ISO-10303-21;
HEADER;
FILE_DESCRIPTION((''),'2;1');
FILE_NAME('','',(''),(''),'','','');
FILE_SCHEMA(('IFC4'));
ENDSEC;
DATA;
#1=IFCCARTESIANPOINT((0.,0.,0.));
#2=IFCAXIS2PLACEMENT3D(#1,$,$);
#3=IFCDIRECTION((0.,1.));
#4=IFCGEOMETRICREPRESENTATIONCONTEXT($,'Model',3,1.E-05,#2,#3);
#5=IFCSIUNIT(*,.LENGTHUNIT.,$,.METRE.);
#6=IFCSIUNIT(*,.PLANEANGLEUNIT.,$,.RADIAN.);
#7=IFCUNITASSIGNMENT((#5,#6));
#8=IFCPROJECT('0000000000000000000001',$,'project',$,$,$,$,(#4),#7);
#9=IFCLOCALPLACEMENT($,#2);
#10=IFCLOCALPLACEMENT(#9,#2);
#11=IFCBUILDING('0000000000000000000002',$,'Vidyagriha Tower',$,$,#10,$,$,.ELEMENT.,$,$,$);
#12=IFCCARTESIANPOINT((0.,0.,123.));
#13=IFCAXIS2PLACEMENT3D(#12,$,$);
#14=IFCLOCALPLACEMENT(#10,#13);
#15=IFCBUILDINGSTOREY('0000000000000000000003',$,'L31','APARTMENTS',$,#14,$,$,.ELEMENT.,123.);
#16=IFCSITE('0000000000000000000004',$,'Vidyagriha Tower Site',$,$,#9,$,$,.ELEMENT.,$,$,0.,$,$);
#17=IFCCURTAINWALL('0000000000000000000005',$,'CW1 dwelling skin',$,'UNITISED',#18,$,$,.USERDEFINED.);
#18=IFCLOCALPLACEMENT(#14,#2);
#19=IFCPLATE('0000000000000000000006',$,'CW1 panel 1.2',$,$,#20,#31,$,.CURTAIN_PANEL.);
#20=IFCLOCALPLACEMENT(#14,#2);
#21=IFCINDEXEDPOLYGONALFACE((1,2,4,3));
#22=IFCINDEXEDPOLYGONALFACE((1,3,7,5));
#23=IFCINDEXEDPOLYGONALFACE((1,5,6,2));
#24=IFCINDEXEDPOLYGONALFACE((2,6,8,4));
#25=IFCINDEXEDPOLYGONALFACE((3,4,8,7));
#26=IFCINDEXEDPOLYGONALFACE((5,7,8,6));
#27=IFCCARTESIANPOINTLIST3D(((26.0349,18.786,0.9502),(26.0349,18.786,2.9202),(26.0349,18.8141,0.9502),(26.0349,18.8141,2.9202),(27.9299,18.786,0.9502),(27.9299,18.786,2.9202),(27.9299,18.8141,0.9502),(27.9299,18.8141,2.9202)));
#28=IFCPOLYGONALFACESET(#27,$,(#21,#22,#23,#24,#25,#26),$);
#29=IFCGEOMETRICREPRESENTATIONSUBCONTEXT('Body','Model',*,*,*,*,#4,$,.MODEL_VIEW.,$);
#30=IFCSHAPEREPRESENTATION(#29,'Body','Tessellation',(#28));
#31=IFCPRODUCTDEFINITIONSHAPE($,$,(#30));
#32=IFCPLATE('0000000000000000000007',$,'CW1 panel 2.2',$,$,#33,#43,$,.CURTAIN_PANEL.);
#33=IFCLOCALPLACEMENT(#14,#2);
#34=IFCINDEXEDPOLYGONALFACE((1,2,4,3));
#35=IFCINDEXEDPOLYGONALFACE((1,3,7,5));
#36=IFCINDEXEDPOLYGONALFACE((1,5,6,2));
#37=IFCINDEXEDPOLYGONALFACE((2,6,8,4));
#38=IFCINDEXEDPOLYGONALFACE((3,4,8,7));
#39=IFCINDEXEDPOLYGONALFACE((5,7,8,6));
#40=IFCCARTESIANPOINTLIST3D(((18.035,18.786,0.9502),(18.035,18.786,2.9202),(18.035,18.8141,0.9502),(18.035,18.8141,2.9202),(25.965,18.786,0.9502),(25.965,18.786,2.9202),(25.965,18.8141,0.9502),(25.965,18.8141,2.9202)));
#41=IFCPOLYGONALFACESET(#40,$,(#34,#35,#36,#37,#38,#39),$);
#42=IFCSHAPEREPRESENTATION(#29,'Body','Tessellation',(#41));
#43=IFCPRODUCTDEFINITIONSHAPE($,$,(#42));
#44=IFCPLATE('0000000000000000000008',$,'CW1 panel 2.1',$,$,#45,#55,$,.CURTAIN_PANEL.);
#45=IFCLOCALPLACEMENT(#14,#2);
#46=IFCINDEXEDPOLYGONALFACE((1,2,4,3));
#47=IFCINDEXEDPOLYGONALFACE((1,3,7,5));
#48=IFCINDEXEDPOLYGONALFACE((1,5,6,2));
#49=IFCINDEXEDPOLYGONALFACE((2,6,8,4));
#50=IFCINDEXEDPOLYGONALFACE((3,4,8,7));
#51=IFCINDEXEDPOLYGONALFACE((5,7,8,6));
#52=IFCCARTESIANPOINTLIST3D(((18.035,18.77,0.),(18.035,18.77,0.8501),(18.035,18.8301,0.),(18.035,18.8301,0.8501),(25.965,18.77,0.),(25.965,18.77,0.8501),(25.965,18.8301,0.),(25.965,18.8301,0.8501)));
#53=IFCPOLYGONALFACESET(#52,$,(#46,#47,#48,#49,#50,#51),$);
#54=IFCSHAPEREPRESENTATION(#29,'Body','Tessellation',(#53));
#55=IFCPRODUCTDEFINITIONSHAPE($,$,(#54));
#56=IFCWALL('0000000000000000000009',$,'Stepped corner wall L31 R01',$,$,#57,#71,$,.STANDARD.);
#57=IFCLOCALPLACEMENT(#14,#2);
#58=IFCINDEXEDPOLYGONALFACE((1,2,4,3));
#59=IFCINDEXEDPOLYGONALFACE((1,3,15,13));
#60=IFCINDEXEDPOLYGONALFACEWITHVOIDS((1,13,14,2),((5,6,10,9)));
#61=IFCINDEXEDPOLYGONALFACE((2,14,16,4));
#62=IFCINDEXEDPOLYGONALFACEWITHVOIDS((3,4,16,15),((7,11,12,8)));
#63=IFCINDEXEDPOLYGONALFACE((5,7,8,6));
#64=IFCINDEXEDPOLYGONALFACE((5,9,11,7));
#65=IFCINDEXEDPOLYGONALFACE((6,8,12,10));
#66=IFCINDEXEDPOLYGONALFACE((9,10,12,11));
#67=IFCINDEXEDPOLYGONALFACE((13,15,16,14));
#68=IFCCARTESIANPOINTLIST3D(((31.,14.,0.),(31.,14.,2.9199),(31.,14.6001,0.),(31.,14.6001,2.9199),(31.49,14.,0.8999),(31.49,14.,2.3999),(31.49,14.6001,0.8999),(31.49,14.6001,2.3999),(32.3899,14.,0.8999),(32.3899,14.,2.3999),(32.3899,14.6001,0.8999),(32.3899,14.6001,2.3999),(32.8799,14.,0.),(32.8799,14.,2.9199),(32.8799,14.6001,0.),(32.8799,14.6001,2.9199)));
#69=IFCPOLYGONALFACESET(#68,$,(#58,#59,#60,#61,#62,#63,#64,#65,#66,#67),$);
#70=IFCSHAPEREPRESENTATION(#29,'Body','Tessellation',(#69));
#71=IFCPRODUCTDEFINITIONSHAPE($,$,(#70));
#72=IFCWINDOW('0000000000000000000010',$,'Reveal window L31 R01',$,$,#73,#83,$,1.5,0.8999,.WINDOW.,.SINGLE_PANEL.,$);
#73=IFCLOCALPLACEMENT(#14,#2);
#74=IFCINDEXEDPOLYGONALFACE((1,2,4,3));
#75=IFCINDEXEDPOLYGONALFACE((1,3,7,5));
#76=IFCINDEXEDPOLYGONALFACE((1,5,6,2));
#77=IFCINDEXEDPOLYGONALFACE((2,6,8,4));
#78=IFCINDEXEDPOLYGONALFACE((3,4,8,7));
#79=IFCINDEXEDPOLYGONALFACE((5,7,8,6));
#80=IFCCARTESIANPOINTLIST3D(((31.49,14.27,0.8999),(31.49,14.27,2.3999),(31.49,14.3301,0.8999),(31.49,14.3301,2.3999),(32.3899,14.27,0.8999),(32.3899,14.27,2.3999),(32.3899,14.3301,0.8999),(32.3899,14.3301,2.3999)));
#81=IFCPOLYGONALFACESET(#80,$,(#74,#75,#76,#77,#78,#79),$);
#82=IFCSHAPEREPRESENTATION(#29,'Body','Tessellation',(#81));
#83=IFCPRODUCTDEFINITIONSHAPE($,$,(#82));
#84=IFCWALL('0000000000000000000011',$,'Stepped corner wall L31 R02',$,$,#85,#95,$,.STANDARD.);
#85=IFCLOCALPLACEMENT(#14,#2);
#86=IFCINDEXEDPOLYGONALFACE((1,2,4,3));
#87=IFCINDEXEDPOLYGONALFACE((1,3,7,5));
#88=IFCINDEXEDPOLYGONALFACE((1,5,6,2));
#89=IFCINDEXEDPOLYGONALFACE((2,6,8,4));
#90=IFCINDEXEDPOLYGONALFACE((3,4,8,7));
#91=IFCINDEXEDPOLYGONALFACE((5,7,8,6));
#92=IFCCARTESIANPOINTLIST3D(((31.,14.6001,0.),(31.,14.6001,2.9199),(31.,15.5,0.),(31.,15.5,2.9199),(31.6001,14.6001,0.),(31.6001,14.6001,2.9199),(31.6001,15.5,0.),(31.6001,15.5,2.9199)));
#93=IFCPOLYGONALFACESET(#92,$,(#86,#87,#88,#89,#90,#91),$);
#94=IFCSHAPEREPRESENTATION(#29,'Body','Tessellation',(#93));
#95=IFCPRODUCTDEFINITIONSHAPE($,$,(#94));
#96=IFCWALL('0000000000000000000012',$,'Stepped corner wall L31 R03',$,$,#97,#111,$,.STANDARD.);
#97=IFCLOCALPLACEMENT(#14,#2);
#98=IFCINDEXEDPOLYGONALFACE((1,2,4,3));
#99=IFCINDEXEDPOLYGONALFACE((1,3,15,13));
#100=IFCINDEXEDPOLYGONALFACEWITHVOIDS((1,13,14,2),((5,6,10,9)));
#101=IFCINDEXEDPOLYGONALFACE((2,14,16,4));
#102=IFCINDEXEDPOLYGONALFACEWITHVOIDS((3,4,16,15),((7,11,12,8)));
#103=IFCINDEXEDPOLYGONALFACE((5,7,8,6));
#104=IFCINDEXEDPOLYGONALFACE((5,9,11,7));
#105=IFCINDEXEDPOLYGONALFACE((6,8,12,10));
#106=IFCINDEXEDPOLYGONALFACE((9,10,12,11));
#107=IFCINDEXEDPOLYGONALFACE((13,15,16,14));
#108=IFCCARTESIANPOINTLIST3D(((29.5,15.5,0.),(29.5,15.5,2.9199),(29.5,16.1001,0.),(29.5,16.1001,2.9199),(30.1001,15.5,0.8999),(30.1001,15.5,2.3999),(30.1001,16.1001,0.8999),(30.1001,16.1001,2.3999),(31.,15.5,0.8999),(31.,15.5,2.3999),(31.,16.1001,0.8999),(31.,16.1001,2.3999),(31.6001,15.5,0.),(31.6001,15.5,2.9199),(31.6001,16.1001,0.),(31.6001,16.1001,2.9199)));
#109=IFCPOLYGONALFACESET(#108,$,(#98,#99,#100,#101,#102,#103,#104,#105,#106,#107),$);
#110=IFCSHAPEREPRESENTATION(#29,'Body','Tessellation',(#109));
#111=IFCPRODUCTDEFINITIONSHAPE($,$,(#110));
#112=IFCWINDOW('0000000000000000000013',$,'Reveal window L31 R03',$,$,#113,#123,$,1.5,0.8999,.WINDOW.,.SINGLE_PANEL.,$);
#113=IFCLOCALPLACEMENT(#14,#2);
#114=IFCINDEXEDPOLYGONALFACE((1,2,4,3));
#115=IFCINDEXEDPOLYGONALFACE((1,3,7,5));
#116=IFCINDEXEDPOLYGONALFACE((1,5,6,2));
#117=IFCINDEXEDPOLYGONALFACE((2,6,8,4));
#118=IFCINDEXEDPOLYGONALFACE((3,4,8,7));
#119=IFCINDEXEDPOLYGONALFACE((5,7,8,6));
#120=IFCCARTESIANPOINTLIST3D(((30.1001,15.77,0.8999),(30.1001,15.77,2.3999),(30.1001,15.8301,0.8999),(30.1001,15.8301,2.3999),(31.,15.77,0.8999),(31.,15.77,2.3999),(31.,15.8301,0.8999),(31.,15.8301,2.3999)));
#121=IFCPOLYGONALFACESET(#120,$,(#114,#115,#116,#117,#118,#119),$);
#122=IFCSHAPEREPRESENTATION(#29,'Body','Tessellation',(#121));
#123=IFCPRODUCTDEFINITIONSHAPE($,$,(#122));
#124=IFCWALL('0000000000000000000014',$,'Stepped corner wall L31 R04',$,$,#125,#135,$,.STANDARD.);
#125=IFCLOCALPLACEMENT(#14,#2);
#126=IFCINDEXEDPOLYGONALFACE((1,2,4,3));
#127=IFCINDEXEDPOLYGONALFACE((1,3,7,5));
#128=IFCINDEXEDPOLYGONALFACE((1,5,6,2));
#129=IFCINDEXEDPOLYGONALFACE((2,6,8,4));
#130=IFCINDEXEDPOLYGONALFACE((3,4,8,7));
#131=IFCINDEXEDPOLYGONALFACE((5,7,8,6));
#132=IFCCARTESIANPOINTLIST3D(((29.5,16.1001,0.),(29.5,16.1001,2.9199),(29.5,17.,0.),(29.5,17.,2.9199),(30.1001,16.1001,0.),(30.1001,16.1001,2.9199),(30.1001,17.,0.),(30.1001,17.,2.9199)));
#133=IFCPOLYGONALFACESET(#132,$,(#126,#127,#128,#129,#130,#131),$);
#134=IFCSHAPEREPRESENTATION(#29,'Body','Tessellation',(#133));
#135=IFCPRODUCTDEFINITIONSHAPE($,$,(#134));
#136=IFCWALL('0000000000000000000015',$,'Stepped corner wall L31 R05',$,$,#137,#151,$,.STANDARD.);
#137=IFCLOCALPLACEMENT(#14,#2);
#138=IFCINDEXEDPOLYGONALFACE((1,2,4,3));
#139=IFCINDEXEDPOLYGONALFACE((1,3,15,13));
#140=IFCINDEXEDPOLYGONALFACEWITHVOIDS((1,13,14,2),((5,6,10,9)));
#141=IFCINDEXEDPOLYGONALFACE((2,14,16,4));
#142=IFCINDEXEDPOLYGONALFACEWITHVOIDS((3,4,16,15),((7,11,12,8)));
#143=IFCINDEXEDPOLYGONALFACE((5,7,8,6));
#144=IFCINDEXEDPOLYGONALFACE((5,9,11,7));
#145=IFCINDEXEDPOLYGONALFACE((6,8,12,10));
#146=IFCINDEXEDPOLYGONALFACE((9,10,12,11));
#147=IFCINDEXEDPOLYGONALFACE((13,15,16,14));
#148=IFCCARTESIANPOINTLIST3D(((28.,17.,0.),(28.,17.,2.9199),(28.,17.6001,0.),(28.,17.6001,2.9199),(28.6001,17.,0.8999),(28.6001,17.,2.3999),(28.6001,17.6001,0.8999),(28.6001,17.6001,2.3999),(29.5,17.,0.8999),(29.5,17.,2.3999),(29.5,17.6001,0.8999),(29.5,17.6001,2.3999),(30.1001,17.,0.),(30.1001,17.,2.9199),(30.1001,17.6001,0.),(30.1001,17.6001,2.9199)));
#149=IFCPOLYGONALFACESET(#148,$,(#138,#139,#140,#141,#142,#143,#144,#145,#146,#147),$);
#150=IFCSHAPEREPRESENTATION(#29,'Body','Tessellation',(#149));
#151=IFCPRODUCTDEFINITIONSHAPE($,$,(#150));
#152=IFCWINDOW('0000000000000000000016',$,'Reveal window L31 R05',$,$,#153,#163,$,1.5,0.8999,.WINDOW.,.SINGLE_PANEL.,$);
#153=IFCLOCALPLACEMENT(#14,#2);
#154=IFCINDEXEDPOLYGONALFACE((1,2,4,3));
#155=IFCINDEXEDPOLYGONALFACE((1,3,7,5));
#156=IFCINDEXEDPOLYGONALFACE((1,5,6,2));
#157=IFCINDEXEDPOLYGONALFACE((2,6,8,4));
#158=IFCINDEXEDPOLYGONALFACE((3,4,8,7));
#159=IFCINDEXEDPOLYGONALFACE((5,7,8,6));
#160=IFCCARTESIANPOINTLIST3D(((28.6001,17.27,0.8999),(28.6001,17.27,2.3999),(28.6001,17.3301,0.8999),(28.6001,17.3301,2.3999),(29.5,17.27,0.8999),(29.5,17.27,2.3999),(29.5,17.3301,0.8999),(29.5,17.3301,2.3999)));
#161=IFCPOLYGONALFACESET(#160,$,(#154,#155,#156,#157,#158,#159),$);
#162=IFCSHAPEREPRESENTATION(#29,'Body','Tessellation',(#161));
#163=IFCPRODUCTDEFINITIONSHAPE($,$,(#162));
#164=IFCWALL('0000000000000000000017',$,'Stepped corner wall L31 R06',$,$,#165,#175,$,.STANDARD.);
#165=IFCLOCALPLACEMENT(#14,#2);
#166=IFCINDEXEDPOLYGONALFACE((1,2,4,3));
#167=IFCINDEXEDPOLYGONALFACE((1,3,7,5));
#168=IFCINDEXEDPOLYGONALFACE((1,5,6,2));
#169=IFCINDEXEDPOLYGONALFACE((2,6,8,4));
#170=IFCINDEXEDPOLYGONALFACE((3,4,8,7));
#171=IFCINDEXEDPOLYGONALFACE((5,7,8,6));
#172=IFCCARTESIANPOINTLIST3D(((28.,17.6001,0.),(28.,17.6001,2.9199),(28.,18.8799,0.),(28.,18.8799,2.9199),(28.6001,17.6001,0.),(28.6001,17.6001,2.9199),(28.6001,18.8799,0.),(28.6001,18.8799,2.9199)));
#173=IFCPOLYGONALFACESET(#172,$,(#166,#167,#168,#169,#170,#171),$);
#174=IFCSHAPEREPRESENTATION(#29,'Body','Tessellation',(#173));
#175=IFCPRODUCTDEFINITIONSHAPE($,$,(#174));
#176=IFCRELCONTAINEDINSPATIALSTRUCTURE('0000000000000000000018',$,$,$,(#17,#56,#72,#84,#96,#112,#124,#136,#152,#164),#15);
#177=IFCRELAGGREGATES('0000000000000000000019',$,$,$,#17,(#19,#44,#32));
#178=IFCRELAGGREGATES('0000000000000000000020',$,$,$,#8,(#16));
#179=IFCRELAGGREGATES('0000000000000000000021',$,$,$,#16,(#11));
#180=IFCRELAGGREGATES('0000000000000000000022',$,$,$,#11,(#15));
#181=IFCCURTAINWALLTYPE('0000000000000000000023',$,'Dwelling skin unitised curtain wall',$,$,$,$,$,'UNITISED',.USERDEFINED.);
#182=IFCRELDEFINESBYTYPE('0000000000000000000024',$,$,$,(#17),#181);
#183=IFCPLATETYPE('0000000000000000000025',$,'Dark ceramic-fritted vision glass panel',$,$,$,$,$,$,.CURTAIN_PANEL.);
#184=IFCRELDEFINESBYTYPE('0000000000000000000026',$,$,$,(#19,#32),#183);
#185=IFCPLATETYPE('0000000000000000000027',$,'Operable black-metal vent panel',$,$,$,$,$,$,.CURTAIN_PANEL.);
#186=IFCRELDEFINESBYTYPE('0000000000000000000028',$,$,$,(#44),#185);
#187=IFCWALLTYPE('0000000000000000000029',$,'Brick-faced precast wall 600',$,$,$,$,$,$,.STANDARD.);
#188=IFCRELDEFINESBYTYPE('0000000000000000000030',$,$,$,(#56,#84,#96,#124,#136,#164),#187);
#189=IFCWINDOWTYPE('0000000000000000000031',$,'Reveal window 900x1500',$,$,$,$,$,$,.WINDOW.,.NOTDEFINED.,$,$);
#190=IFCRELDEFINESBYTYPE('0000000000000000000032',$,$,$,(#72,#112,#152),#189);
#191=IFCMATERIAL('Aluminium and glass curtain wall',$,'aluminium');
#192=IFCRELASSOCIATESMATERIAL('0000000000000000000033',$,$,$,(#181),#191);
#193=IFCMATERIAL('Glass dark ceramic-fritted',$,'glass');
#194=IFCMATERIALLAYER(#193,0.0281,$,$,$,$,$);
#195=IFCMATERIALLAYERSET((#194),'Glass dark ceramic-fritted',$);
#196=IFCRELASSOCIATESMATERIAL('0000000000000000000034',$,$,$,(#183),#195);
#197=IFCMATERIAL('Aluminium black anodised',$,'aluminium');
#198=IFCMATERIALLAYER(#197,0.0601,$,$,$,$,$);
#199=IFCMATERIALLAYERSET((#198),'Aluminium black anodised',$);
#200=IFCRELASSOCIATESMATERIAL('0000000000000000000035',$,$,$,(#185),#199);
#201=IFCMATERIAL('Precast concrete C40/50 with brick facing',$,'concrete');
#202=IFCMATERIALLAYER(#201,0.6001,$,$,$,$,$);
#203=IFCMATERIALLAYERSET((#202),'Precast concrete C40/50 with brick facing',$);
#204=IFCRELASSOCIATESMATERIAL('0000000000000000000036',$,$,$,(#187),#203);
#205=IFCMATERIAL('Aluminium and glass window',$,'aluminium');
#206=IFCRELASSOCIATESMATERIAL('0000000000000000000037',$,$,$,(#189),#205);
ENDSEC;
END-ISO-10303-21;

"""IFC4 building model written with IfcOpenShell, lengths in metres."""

from ifc_helpers import new_model, si_unit, direction, frame, frame_2d, origin, origin_2d, place, context, subcontext, project, spatial, rectangle, extrude, material, layer, layer_set, type_object, element, fill, aggregate, save


model = new_model("IFC4")

# Units and contexts
model_context = context("Model", 3, precision=1e-05, world=origin(), true_north=direction((0.0, 1.0)))
body_context = subcontext(model_context, "Body", "Model", "MODEL_VIEW")
ifc_project = project(units=[si_unit("LENGTHUNIT", "METRE"), si_unit("PLANEANGLEUNIT", "RADIAN")], contexts=[model_context])

# Site, building, storey
site_placement = place(None, origin())
site = spatial("IfcSite", under=ifc_project, at=site_placement, Name="Vidyagriha Tower Site", CompositionType="ELEMENT", RefElevation=0.0)
building_placement = place(site_placement, origin())
building = spatial("IfcBuilding", under=site, at=building_placement, Name="Vidyagriha Tower", CompositionType="ELEMENT")
storey_placement = place(building_placement, frame((0.0, 0.0, 123.0)))
storey = spatial("IfcBuildingStorey", under=building, at=storey_placement, Name="L31", Description="APARTMENTS", CompositionType="ELEMENT", Elevation=123.0)

# Curtain wall
ifc_material_1 = material(Name="Aluminium and glass curtain wall", Category="aluminium")
curtain_wall_type = type_object("IfcCurtainWallType", Name="Dwelling skin unitised curtain wall", ElementType="UNITISED", PredefinedType="USERDEFINED", material=ifc_material_1)
curtain_wall_1_placement = place(storey_placement, origin())
curtain_wall_1 = element("IfcCurtainWall", 1, at=curtain_wall_1_placement, inside=storey, type_object=curtain_wall_type, Name="CW1 dwelling skin", ObjectType="UNITISED", PredefinedType="USERDEFINED")

# Plates
ifc_material_2 = material(Name="Glass dark ceramic-fritted", Category="glass")
ifc_layer_1 = layer(ifc_material_2, 0.0281)
ifc_layer_set_1 = layer_set([ifc_layer_1], Name="Glass dark ceramic-fritted")
plate_type_1 = type_object("IfcPlateType", Name="Dark ceramic-fritted vision glass panel", PredefinedType="CURTAIN_PANEL", material=ifc_layer_set_1)
plate_1_placement = place(storey_placement, frame((26.9824, 18.8, 0.9502), z_axis=(0.0, 0.0, 1.0), x_axis=(-1.0, 0.0, 0.0)))
plate_1 = element("IfcPlate", 2, at=plate_1_placement, type_object=plate_type_1, Name="CW1 panel 1.2", PredefinedType="CURTAIN_PANEL", context=body_context, shape_type="SweptSolid", body=[
    extrude(rectangle(XDim=1.895, YDim=0.0281, at=origin_2d()), origin(), (0.0, 0.0, 1.0), 1.97),
])
plate_2_placement = place(storey_placement, frame((22.0, 18.8, 0.9502), z_axis=(0.0, 0.0, 1.0), x_axis=(-1.0, 0.0, 0.0)))
plate_2 = element("IfcPlate", 3, at=plate_2_placement, type_object=plate_type_1, Name="CW1 panel 2.2", PredefinedType="CURTAIN_PANEL", context=body_context, shape_type="SweptSolid", body=[
    extrude(rectangle(XDim=7.9299, YDim=0.0281, at=origin_2d()), origin(), (0.0, 0.0, 1.0), 1.97),
])
ifc_material_3 = material(Name="Aluminium black anodised", Category="aluminium")
ifc_layer_2 = layer(ifc_material_3, 0.0601)
ifc_layer_set_2 = layer_set([ifc_layer_2], Name="Aluminium black anodised")
plate_type_2 = type_object("IfcPlateType", Name="Operable black-metal vent panel", PredefinedType="CURTAIN_PANEL", material=ifc_layer_set_2)
plate_3_placement = place(storey_placement, frame((22.0, 18.8, 0.0), z_axis=(0.0, 0.0, 1.0), x_axis=(-1.0, 0.0, 0.0)))
plate_3 = element("IfcPlate", 4, at=plate_3_placement, type_object=plate_type_2, Name="CW1 panel 2.1", PredefinedType="CURTAIN_PANEL", context=body_context, shape_type="SweptSolid", body=[
    extrude(rectangle(XDim=7.9299, YDim=0.0601, at=origin_2d()), origin(), (0.0, 0.0, 1.0), 0.8501),
])
aggregate(curtain_wall_1, [plate_1, plate_3, plate_2])

# Wall, opening, window
ifc_material_4 = material(Name="Precast concrete C40/50 with brick facing", Category="concrete")
ifc_layer_3 = layer(ifc_material_4, 0.6001)
ifc_layer_set_3 = layer_set([ifc_layer_3], Name="Precast concrete C40/50 with brick facing")
wall_type_1 = type_object("IfcWallType", Name="Brick-faced precast wall 600", PredefinedType="STANDARD", material=ifc_layer_set_3)
wall_1_placement = place(storey_placement, frame((32.8799, 14.3, 0.0), z_axis=(0.0, 0.0, 1.0), x_axis=(-1.0, 0.0, 0.0)))
wall_1 = element("IfcWall", 5, at=wall_1_placement, inside=storey, type_object=wall_type_1, Name="Stepped corner wall L31 R01", PredefinedType="STANDARD", context=body_context, shape_type="SweptSolid", body=[
    extrude(rectangle(XDim=1.8799, YDim=0.6001, at=frame_2d((0.9399, 0.0))), origin(), (0.0, 0.0, 1.0), 2.9199),
])
opening_1_placement = place(wall_1_placement, frame((0.49, 0.0, 0.8999)))
opening_1 = element("IfcOpeningElement", 6, at=opening_1_placement, cuts=wall_1, PredefinedType="OPENING", context=body_context, shape_type="SweptSolid", body=[
    extrude(rectangle(XDim=0.8999, YDim=1.5, at=frame_2d((0.45, 0.75))), frame((0.0, 0.3101, 0.0), z_axis=(0.0, -1.0, 0.0), x_axis=(1.0, 0.0, 0.0)), (0.0, 0.0, 1.0), 0.6201),
])
ifc_material_5 = material(Name="Aluminium and glass window", Category="aluminium")
window_type = type_object("IfcWindowType", Name="Reveal window 900x1500", PartitioningType="NOTDEFINED", PredefinedType="WINDOW", material=ifc_material_5)
window_1_placement = place(opening_1_placement, origin())
window_1 = element("IfcWindow", 7, at=window_1_placement, inside=storey, type_object=window_type, Name="Reveal window L31 R01", OverallHeight=1.5, OverallWidth=0.8999, PartitioningType="SINGLE_PANEL", PredefinedType="WINDOW", context=body_context, shape_type="SweptSolid", body=[
    extrude(rectangle(XDim=0.8999, YDim=1.5, at=frame_2d((0.45, 0.75))), frame((0.0, 0.03, 0.0), z_axis=(0.0, -1.0, 0.0), x_axis=(1.0, 0.0, 0.0)), (0.0, 0.0, 1.0), 0.0601),
])
fill(opening_1, window_1)

# Wall
wall_2_placement = place(storey_placement, frame((31.3, 14.6001, 0.0), z_axis=(0.0, 0.0, 1.0), x_axis=(0.0, 1.0, 0.0)))
element("IfcWall", 8, at=wall_2_placement, inside=storey, type_object=wall_type_1, Name="Stepped corner wall L31 R02", PredefinedType="STANDARD", context=body_context, shape_type="SweptSolid", body=[
    extrude(rectangle(XDim=0.8999, YDim=0.6001, at=frame_2d((0.45, 0.0))), origin(), (0.0, 0.0, 1.0), 2.9199),
])

# Wall, opening, window
wall_3_placement = place(storey_placement, frame((31.6001, 15.8, 0.0), z_axis=(0.0, 0.0, 1.0), x_axis=(-1.0, 0.0, 0.0)))
wall_3 = element("IfcWall", 9, at=wall_3_placement, inside=storey, type_object=wall_type_1, Name="Stepped corner wall L31 R03", PredefinedType="STANDARD", context=body_context, shape_type="SweptSolid", body=[
    extrude(rectangle(XDim=2.1001, YDim=0.6001, at=frame_2d((1.05, 0.0))), origin(), (0.0, 0.0, 1.0), 2.9199),
])
opening_2_placement = place(wall_3_placement, frame((0.6001, 0.0, 0.8999)))
opening_2 = element("IfcOpeningElement", 10, at=opening_2_placement, cuts=wall_3, PredefinedType="OPENING", context=body_context, shape_type="SweptSolid", body=[
    extrude(rectangle(XDim=0.8999, YDim=1.5, at=frame_2d((0.45, 0.75))), frame((0.0, 0.3101, 0.0), z_axis=(0.0, -1.0, 0.0), x_axis=(1.0, 0.0, 0.0)), (0.0, 0.0, 1.0), 0.6201),
])
window_2_placement = place(opening_2_placement, origin())
window_2 = element("IfcWindow", 11, at=window_2_placement, inside=storey, type_object=window_type, Name="Reveal window L31 R03", OverallHeight=1.5, OverallWidth=0.8999, PartitioningType="SINGLE_PANEL", PredefinedType="WINDOW", context=body_context, shape_type="SweptSolid", body=[
    extrude(rectangle(XDim=0.8999, YDim=1.5, at=frame_2d((0.45, 0.75))), frame((0.0, 0.03, 0.0), z_axis=(0.0, -1.0, 0.0), x_axis=(1.0, 0.0, 0.0)), (0.0, 0.0, 1.0), 0.0601),
])
fill(opening_2, window_2)

# Wall
wall_4_placement = place(storey_placement, frame((29.8, 16.1001, 0.0), z_axis=(0.0, 0.0, 1.0), x_axis=(0.0, 1.0, 0.0)))
element("IfcWall", 12, at=wall_4_placement, inside=storey, type_object=wall_type_1, Name="Stepped corner wall L31 R04", PredefinedType="STANDARD", context=body_context, shape_type="SweptSolid", body=[
    extrude(rectangle(XDim=0.8999, YDim=0.6001, at=frame_2d((0.45, 0.0))), origin(), (0.0, 0.0, 1.0), 2.9199),
])

# Wall, opening, window
wall_5_placement = place(storey_placement, frame((30.1001, 17.3, 0.0), z_axis=(0.0, 0.0, 1.0), x_axis=(-1.0, 0.0, 0.0)))
wall_5 = element("IfcWall", 13, at=wall_5_placement, inside=storey, type_object=wall_type_1, Name="Stepped corner wall L31 R05", PredefinedType="STANDARD", context=body_context, shape_type="SweptSolid", body=[
    extrude(rectangle(XDim=2.1001, YDim=0.6001, at=frame_2d((1.05, 0.0))), origin(), (0.0, 0.0, 1.0), 2.9199),
])
opening_3_placement = place(wall_5_placement, frame((0.6001, 0.0, 0.8999)))
opening_3 = element("IfcOpeningElement", 14, at=opening_3_placement, cuts=wall_5, PredefinedType="OPENING", context=body_context, shape_type="SweptSolid", body=[
    extrude(rectangle(XDim=0.8999, YDim=1.5, at=frame_2d((0.45, 0.75))), frame((0.0, 0.3101, 0.0), z_axis=(0.0, -1.0, 0.0), x_axis=(1.0, 0.0, 0.0)), (0.0, 0.0, 1.0), 0.6201),
])
window_3_placement = place(opening_3_placement, origin())
window_3 = element("IfcWindow", 15, at=window_3_placement, inside=storey, type_object=window_type, Name="Reveal window L31 R05", OverallHeight=1.5, OverallWidth=0.8999, PartitioningType="SINGLE_PANEL", PredefinedType="WINDOW", context=body_context, shape_type="SweptSolid", body=[
    extrude(rectangle(XDim=0.8999, YDim=1.5, at=frame_2d((0.45, 0.75))), frame((0.0, 0.03, 0.0), z_axis=(0.0, -1.0, 0.0), x_axis=(1.0, 0.0, 0.0)), (0.0, 0.0, 1.0), 0.0601),
])
fill(opening_3, window_3)

# Wall
wall_6_placement = place(storey_placement, frame((28.3, 17.6001, 0.0), z_axis=(0.0, 0.0, 1.0), x_axis=(0.0, 1.0, 0.0)))
element("IfcWall", 16, at=wall_6_placement, inside=storey, type_object=wall_type_1, Name="Stepped corner wall L31 R06", PredefinedType="STANDARD", context=body_context, shape_type="SweptSolid", body=[
    extrude(rectangle(XDim=1.2798, YDim=0.6001, at=frame_2d((0.6399, 0.0))), origin(), (0.0, 0.0, 1.0), 2.9199),
])

save(model, "model.ifc")
